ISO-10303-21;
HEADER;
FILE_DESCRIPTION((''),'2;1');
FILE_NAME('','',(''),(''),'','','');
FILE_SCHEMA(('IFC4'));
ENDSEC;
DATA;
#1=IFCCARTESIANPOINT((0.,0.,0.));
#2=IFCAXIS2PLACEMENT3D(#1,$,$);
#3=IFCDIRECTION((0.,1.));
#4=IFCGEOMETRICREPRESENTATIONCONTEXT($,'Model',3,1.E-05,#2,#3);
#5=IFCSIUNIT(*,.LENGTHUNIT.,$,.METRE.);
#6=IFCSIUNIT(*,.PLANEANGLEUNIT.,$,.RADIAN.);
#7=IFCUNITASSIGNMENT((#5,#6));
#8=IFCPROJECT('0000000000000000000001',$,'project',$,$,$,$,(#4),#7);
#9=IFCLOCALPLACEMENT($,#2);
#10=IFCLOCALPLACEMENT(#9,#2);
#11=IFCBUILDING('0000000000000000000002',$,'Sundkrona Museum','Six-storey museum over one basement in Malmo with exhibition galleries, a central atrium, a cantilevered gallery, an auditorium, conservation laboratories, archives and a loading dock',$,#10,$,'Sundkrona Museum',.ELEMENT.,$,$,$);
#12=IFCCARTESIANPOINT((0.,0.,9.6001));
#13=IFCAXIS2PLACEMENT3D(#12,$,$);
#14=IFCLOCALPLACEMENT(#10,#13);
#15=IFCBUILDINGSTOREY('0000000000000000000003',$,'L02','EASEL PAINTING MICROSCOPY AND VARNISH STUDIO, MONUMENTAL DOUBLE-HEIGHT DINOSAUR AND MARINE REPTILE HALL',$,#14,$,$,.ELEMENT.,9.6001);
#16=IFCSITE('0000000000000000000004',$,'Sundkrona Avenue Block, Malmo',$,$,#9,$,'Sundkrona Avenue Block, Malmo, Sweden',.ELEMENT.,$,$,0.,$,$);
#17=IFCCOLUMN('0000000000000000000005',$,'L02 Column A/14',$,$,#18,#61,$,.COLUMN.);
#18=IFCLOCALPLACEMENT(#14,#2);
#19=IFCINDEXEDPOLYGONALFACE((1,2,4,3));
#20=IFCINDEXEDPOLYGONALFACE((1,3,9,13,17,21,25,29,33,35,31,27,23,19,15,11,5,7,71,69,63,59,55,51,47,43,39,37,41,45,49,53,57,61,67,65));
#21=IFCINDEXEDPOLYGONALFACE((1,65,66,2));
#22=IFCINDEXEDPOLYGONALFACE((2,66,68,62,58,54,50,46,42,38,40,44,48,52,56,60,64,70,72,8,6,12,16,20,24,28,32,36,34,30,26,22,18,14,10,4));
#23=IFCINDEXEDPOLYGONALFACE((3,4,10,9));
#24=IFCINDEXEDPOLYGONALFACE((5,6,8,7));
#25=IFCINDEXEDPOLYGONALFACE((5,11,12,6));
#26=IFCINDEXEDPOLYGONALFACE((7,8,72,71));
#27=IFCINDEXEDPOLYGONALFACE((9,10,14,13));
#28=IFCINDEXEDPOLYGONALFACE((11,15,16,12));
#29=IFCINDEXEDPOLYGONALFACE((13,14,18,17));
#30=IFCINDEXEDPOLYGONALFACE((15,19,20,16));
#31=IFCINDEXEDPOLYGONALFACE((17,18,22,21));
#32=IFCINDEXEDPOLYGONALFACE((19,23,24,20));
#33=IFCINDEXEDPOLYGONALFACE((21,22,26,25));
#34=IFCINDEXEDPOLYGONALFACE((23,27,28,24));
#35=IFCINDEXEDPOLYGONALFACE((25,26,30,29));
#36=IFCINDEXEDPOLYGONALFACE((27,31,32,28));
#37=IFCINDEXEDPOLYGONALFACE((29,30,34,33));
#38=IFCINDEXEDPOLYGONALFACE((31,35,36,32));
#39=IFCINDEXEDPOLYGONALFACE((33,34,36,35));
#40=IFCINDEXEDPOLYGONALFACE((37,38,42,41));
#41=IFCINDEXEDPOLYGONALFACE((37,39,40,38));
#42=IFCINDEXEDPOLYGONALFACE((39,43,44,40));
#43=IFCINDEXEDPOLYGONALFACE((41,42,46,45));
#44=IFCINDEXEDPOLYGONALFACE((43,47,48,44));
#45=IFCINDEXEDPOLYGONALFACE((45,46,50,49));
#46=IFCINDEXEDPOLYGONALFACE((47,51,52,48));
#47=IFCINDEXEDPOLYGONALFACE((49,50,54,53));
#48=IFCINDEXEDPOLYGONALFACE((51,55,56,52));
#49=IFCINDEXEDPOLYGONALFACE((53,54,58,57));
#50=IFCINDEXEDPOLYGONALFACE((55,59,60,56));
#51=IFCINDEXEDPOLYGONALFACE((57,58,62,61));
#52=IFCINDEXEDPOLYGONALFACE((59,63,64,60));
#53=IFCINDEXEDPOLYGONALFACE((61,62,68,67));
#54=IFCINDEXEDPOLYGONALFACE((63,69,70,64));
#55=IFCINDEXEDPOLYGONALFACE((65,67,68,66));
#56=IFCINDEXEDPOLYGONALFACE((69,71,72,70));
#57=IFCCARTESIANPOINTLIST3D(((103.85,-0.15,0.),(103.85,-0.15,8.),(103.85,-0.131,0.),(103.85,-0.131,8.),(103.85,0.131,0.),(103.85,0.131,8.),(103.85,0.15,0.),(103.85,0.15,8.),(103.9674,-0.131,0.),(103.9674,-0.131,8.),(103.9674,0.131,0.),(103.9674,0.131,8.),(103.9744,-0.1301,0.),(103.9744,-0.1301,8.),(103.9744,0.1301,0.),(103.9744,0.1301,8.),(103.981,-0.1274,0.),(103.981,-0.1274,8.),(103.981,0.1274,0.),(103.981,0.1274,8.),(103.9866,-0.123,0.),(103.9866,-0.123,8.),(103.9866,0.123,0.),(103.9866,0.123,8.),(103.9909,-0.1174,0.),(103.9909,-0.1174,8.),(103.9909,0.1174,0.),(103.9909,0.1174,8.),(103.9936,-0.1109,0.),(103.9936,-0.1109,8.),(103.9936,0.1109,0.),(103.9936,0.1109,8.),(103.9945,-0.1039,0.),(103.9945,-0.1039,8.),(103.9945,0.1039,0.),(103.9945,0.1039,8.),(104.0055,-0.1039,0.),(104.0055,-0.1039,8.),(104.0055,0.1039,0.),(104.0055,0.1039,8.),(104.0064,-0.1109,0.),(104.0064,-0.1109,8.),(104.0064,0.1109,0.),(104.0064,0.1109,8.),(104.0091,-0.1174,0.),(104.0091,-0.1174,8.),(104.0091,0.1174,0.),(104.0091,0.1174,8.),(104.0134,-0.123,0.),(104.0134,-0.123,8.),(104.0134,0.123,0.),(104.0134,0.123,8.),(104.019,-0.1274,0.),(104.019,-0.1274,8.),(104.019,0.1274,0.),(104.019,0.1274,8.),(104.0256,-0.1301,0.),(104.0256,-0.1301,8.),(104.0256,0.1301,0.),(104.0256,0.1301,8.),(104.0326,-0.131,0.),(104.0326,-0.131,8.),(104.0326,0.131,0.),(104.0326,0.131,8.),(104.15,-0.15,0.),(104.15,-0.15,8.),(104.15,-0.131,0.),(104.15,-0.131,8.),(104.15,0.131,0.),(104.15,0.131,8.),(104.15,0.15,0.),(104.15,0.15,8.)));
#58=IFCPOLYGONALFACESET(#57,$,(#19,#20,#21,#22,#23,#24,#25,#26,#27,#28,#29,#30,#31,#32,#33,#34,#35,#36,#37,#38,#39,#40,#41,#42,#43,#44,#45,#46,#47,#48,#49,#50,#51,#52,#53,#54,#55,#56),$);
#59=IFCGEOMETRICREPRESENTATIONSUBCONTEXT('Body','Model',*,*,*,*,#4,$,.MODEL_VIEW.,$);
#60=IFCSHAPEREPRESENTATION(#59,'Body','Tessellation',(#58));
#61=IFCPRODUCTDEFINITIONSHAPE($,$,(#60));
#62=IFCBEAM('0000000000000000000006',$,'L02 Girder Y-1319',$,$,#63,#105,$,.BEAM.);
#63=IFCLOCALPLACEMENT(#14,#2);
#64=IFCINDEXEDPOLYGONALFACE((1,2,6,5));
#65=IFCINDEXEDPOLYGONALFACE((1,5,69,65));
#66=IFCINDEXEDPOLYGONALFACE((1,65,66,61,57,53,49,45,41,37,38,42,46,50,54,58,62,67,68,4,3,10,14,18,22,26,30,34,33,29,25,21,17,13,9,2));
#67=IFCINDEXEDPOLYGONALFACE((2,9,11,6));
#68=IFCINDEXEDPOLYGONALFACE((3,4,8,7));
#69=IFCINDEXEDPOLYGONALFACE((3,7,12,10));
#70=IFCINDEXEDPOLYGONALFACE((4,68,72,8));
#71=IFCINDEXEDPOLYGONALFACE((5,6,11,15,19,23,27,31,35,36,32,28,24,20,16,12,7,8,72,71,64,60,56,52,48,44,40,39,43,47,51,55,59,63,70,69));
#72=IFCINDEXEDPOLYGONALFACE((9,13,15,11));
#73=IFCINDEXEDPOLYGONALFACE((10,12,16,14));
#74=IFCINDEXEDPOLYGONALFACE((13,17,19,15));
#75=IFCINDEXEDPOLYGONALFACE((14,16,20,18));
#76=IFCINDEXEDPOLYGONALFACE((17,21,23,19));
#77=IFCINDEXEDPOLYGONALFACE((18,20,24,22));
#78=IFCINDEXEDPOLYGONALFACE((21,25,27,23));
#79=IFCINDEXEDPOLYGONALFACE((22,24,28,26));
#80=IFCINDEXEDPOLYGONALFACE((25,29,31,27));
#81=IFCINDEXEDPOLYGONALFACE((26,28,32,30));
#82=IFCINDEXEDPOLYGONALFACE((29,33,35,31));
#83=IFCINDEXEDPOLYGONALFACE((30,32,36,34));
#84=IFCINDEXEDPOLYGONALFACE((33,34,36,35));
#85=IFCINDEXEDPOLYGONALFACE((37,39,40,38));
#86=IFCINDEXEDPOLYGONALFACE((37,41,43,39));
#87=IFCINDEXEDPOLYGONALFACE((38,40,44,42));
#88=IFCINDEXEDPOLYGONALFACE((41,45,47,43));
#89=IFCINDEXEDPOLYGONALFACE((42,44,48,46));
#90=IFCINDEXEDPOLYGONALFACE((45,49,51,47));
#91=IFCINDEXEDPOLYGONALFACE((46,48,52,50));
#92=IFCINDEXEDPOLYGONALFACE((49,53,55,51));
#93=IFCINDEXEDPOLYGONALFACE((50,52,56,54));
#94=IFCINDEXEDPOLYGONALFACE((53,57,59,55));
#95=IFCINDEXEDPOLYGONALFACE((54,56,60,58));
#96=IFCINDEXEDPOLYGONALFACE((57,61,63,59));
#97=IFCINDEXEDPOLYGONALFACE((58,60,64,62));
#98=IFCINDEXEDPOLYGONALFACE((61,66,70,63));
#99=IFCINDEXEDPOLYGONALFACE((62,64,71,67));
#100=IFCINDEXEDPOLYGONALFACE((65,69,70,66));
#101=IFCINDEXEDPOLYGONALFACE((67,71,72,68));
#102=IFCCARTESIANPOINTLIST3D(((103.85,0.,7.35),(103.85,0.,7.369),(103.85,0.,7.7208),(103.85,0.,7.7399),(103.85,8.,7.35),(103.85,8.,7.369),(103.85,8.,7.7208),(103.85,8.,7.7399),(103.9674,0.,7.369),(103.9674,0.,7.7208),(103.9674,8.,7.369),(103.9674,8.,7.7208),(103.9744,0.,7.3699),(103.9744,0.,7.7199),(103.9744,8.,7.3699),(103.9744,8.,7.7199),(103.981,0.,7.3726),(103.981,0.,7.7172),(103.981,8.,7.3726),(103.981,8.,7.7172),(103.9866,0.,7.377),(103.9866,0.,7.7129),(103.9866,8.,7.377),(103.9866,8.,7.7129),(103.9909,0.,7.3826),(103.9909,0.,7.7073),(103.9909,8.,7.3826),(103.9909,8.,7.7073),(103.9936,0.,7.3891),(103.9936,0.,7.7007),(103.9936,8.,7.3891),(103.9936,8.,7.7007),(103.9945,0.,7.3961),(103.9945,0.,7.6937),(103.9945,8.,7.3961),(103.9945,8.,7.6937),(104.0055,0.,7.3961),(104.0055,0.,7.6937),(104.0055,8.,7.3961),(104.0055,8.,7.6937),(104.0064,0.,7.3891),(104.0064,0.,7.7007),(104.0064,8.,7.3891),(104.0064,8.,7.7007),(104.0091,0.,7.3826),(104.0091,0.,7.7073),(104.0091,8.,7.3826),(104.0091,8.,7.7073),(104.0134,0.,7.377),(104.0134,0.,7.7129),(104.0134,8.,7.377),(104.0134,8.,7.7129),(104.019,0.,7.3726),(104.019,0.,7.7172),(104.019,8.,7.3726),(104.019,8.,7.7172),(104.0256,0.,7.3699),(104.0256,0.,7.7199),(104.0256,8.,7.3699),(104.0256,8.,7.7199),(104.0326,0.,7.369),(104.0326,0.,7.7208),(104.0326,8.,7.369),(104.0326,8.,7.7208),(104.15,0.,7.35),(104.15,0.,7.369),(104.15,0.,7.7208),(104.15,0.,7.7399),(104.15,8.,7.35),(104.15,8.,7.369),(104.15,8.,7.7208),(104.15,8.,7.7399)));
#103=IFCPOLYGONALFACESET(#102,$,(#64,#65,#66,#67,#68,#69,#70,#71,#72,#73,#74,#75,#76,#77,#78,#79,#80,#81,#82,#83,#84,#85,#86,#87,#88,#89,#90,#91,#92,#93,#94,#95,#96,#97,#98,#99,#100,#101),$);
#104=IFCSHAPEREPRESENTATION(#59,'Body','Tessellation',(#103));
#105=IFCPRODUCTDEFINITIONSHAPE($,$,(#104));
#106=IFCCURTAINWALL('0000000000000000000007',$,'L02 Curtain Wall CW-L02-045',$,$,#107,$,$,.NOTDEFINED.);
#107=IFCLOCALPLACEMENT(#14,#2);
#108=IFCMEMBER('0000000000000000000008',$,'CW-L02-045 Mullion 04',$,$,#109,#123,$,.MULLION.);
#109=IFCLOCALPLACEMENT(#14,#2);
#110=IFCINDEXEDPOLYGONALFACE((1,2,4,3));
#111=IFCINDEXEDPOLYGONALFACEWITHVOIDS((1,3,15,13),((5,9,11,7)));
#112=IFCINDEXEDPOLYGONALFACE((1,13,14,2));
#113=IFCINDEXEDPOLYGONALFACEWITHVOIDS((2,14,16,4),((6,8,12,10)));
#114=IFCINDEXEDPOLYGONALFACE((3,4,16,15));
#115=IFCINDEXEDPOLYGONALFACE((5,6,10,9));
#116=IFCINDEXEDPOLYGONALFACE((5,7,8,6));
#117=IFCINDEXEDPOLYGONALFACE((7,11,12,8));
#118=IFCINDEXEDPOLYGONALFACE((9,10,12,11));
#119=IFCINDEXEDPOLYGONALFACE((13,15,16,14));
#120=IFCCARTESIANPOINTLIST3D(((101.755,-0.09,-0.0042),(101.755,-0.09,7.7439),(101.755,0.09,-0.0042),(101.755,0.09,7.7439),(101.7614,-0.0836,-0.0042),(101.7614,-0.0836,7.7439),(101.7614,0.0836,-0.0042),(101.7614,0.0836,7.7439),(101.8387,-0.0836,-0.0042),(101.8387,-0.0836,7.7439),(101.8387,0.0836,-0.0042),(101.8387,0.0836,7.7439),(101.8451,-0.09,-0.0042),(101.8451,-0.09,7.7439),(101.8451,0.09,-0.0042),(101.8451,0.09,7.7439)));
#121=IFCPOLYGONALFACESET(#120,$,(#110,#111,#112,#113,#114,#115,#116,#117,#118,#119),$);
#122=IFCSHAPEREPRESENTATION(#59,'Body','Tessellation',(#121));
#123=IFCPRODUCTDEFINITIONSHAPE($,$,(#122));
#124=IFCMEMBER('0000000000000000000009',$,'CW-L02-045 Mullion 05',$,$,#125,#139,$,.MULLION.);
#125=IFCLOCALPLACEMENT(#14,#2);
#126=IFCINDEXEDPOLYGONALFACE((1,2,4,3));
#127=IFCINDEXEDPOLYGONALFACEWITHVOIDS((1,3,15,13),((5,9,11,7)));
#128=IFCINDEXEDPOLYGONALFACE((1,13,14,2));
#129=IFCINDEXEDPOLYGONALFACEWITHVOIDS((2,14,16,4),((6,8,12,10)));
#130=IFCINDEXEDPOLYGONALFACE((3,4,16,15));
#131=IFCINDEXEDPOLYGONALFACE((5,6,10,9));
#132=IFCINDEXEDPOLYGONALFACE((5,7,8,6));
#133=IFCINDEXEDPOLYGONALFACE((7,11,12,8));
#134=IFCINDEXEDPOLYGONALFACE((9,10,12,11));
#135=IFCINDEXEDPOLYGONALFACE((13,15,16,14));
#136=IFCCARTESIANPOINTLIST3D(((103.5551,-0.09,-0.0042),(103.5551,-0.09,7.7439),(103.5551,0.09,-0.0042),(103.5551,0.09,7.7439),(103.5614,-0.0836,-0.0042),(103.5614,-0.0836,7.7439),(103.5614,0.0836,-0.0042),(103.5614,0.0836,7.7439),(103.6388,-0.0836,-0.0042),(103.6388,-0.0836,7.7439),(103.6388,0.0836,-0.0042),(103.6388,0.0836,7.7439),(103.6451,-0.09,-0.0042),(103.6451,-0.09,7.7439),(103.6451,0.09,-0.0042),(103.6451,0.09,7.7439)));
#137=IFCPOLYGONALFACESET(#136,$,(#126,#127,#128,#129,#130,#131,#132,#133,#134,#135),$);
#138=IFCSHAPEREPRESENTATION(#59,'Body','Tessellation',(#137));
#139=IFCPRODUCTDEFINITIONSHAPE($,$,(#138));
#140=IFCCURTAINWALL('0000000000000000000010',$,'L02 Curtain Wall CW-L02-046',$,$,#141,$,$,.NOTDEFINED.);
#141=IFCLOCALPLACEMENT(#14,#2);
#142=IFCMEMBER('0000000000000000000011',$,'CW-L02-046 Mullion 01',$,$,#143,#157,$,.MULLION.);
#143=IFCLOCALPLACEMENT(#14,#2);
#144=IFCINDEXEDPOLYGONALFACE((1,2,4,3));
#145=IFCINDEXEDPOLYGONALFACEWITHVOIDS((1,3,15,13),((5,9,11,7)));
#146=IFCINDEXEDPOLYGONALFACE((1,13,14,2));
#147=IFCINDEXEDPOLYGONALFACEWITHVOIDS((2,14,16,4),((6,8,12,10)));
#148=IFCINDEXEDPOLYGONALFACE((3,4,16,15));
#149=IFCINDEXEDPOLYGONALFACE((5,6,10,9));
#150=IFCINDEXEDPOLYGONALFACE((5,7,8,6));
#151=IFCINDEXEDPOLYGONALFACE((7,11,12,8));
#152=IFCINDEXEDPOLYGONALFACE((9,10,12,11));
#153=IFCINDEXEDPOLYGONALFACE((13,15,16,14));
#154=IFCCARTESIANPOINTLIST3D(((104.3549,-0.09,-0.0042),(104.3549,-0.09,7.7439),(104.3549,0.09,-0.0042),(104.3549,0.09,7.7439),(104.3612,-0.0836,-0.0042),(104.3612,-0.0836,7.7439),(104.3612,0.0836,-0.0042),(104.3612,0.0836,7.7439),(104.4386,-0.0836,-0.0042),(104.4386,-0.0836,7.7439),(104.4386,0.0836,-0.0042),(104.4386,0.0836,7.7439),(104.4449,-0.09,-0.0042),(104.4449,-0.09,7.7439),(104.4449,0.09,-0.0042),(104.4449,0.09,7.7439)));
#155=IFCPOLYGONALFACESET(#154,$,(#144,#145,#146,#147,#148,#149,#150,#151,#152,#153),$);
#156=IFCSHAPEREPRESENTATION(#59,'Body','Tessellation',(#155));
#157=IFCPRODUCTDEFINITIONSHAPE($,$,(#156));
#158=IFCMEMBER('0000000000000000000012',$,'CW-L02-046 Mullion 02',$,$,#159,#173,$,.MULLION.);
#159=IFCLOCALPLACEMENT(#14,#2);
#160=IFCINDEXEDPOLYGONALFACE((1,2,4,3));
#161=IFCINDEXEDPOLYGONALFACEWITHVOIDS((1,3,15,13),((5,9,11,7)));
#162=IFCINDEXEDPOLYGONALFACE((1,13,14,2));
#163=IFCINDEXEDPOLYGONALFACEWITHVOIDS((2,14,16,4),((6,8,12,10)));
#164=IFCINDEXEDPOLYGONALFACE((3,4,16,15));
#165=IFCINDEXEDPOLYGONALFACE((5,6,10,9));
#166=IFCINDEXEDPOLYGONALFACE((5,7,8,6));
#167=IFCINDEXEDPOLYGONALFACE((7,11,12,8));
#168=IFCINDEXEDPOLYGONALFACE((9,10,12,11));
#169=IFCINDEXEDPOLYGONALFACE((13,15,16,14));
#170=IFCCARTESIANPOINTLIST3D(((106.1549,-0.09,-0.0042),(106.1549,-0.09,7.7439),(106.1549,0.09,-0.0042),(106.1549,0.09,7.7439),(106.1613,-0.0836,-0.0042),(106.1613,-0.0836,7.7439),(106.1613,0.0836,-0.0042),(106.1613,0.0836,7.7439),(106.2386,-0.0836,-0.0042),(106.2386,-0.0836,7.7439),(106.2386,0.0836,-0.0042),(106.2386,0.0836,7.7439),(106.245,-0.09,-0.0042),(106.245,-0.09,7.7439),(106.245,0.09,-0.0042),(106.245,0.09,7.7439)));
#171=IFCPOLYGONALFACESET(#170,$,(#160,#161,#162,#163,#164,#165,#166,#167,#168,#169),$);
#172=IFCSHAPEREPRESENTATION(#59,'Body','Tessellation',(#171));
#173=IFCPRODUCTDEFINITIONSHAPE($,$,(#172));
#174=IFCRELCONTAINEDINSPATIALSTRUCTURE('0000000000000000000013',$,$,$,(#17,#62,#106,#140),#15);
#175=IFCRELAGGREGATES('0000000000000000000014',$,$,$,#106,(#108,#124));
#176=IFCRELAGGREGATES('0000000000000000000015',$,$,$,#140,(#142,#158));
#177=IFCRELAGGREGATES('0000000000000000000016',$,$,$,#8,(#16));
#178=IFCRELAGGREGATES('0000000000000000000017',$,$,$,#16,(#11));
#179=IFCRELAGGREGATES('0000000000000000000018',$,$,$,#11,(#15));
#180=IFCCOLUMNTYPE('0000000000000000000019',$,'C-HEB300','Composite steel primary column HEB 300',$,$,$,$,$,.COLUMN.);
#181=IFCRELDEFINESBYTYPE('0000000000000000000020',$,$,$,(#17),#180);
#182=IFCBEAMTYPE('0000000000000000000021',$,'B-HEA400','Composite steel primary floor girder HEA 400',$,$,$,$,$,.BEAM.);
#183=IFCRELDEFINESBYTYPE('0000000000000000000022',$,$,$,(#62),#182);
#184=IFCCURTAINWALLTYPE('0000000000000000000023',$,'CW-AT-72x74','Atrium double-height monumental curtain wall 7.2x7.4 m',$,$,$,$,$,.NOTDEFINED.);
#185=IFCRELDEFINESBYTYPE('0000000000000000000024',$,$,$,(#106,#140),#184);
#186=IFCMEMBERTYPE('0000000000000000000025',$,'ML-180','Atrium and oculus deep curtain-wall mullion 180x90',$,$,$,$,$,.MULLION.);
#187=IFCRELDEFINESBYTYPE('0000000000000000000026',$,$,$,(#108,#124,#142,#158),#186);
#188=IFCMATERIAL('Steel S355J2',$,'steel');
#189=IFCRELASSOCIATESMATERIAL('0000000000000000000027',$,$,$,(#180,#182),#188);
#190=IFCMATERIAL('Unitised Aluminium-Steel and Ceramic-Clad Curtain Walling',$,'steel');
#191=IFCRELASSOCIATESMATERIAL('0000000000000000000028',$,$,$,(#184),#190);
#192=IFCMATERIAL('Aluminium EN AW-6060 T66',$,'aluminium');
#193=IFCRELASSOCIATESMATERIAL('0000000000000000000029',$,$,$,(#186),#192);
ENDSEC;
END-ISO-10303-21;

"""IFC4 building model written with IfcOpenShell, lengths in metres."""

from ifc_helpers import new_model, si_unit, direction, frame, origin, origin_2d, place, context, subcontext, project, spatial, hollow_rectangle, i_section, extrude, material, material_profile, profile_set, type_object, element, aggregate, save


model = new_model("IFC4")

# Units and contexts
model_context = context("Model", 3, precision=1e-05, world=origin(), true_north=direction((0.0, 1.0)))
body_context = subcontext(model_context, "Body", "Model", "MODEL_VIEW")
ifc_project = project(units=[si_unit("LENGTHUNIT", "METRE"), si_unit("PLANEANGLEUNIT", "RADIAN")], contexts=[model_context])

# Site, building, storey
site_placement = place(None, origin())
site = spatial("IfcSite", under=ifc_project, at=site_placement, Name="Sundkrona Avenue Block, Malmo", LongName="Sundkrona Avenue Block, Malmo, Sweden", CompositionType="ELEMENT", RefElevation=0.0)
building_placement = place(site_placement, origin())
building = spatial("IfcBuilding", under=site, at=building_placement, Name="Sundkrona Museum", Description="Six-storey museum over one basement in Malmo with exhibition galleries, a central atrium, a cantilevered gallery, an auditorium, conservation laboratories, archives and a loading dock", LongName="Sundkrona Museum", CompositionType="ELEMENT")
storey_placement = place(building_placement, frame((0.0, 0.0, 9.6001)))
storey = spatial("IfcBuildingStorey", under=building, at=storey_placement, Name="L02", Description="EASEL PAINTING MICROSCOPY AND VARNISH STUDIO, MONUMENTAL DOUBLE-HEIGHT DINOSAUR AND MARINE REPTILE HALL", CompositionType="ELEMENT", Elevation=9.6001)

# Column
ifc_material_1 = material(Name="Steel S355J2", Category="steel")
ifc_material_profile_1 = material_profile(ifc_material_1, i_section(OverallWidth=0.3, OverallDepth=0.3, WebThickness=0.011, FlangeThickness=0.019, FilletRadius=0.0271, at=origin_2d()), Name="HEB 300")
ifc_profile_set_1 = profile_set([ifc_material_profile_1], Name="Steel S355J2")
column_type = type_object("IfcColumnType", Name="C-HEB300", Description="Composite steel primary column HEB 300", PredefinedType="COLUMN", material=ifc_profile_set_1)
column_placement = place(storey_placement, frame((104.0, 0.0, 0.0), z_axis=(0.0, 0.0, 1.0), x_axis=(1.0, 0.0, 0.0)))
element("IfcColumn", 1, at=column_placement, inside=storey, type_object=column_type, Name="L02 Column A/14", PredefinedType="COLUMN", context=body_context, shape_type="SweptSolid", body=[
    extrude(i_section(OverallWidth=0.3, OverallDepth=0.3, WebThickness=0.011, FlangeThickness=0.019, FilletRadius=0.0271, at=origin_2d()), origin(), (0.0, 0.0, 1.0), 8.0),
])

# Beam
ifc_material_profile_2 = material_profile(ifc_material_1, i_section(OverallWidth=0.3, OverallDepth=0.3899, WebThickness=0.011, FlangeThickness=0.019, FilletRadius=0.0271, at=origin_2d()), Name="HEA 400")
ifc_profile_set_2 = profile_set([ifc_material_profile_2], Name="Steel S355J2")
beam_type_1 = type_object("IfcBeamType", Name="B-HEA400", Description="Composite steel primary floor girder HEA 400", PredefinedType="BEAM", material=ifc_profile_set_2)
beam_1_placement = place(storey_placement, frame((104.0, 0.0, 7.5449), z_axis=(0.0, 1.0, 0.0), x_axis=(-1.0, 0.0, 0.0)))
element("IfcBeam", 2, at=beam_1_placement, inside=storey, type_object=beam_type_1, Name="L02 Girder Y-1319", PredefinedType="BEAM", context=body_context, shape_type="SweptSolid", body=[
    extrude(i_section(OverallWidth=0.3, OverallDepth=0.3899, WebThickness=0.011, FlangeThickness=0.019, FilletRadius=0.0271, at=origin_2d()), origin(), (0.0, 0.0, 1.0), 8.0),
])

# Curtain walls, members
ifc_material_2 = material(Name="Unitised Aluminium-Steel and Ceramic-Clad Curtain Walling", Category="steel")
curtain_wall_type = type_object("IfcCurtainWallType", Name="CW-AT-72x74", Description="Atrium double-height monumental curtain wall 7.2x7.4 m", PredefinedType="NOTDEFINED", material=ifc_material_2)
curtain_wall_1_placement = place(storey_placement, origin())
curtain_wall_1 = element("IfcCurtainWall", 3, at=curtain_wall_1_placement, inside=storey, type_object=curtain_wall_type, Name="L02 Curtain Wall CW-L02-045", PredefinedType="NOTDEFINED")
ifc_material_3 = material(Name="Aluminium EN AW-6060 T66", Category="aluminium")
ifc_material_profile_3 = material_profile(ifc_material_3, hollow_rectangle(XDim=0.0901, YDim=0.1799, WallThickness=0.0063, at=origin_2d()), Name="RHS 180x90x6.3")
ifc_profile_set_3 = profile_set([ifc_material_profile_3], Name="Aluminium EN AW-6060 T66")
member_type_1 = type_object("IfcMemberType", Name="ML-180", Description="Atrium and oculus deep curtain-wall mullion 180x90", PredefinedType="MULLION", material=ifc_profile_set_3)
member_1_placement = place(storey_placement, frame((101.8, 0.0, -0.0042), z_axis=(0.0, 0.0, 1.0), x_axis=(1.0, 0.0, 0.0)))
member_1 = element("IfcMember", 4, at=member_1_placement, type_object=member_type_1, Name="CW-L02-045 Mullion 04", PredefinedType="MULLION", context=body_context, shape_type="SweptSolid", body=[
    extrude(hollow_rectangle(XDim=0.0901, YDim=0.1799, WallThickness=0.0063, at=origin_2d()), origin(), (0.0, 0.0, 1.0), 7.748),
])
member_2_placement = place(storey_placement, frame((103.6001, 0.0, -0.0042), z_axis=(0.0, 0.0, 1.0), x_axis=(1.0, 0.0, 0.0)))
member_2 = element("IfcMember", 5, at=member_2_placement, type_object=member_type_1, Name="CW-L02-045 Mullion 05", PredefinedType="MULLION", context=body_context, shape_type="SweptSolid", body=[
    extrude(hollow_rectangle(XDim=0.0901, YDim=0.1799, WallThickness=0.0063, at=origin_2d()), origin(), (0.0, 0.0, 1.0), 7.748),
])
curtain_wall_2_placement = place(storey_placement, origin())
curtain_wall_2 = element("IfcCurtainWall", 6, at=curtain_wall_2_placement, inside=storey, type_object=curtain_wall_type, Name="L02 Curtain Wall CW-L02-046", PredefinedType="NOTDEFINED")
member_3_placement = place(storey_placement, frame((104.3999, 0.0, -0.0042), z_axis=(0.0, 0.0, 1.0), x_axis=(1.0, 0.0, 0.0)))
member_3 = element("IfcMember", 7, at=member_3_placement, type_object=member_type_1, Name="CW-L02-046 Mullion 01", PredefinedType="MULLION", context=body_context, shape_type="SweptSolid", body=[
    extrude(hollow_rectangle(XDim=0.0901, YDim=0.1799, WallThickness=0.0063, at=origin_2d()), origin(), (0.0, 0.0, 1.0), 7.748),
])
member_4_placement = place(storey_placement, frame((106.2, 0.0, -0.0042), z_axis=(0.0, 0.0, 1.0), x_axis=(1.0, 0.0, 0.0)))
member_4 = element("IfcMember", 8, at=member_4_placement, type_object=member_type_1, Name="CW-L02-046 Mullion 02", PredefinedType="MULLION", context=body_context, shape_type="SweptSolid", body=[
    extrude(hollow_rectangle(XDim=0.0901, YDim=0.1799, WallThickness=0.0063, at=origin_2d()), origin(), (0.0, 0.0, 1.0), 7.748),
])

aggregate(curtain_wall_1, [member_1, member_2])
aggregate(curtain_wall_2, [member_3, member_4])

save(model, "model.ifc")
